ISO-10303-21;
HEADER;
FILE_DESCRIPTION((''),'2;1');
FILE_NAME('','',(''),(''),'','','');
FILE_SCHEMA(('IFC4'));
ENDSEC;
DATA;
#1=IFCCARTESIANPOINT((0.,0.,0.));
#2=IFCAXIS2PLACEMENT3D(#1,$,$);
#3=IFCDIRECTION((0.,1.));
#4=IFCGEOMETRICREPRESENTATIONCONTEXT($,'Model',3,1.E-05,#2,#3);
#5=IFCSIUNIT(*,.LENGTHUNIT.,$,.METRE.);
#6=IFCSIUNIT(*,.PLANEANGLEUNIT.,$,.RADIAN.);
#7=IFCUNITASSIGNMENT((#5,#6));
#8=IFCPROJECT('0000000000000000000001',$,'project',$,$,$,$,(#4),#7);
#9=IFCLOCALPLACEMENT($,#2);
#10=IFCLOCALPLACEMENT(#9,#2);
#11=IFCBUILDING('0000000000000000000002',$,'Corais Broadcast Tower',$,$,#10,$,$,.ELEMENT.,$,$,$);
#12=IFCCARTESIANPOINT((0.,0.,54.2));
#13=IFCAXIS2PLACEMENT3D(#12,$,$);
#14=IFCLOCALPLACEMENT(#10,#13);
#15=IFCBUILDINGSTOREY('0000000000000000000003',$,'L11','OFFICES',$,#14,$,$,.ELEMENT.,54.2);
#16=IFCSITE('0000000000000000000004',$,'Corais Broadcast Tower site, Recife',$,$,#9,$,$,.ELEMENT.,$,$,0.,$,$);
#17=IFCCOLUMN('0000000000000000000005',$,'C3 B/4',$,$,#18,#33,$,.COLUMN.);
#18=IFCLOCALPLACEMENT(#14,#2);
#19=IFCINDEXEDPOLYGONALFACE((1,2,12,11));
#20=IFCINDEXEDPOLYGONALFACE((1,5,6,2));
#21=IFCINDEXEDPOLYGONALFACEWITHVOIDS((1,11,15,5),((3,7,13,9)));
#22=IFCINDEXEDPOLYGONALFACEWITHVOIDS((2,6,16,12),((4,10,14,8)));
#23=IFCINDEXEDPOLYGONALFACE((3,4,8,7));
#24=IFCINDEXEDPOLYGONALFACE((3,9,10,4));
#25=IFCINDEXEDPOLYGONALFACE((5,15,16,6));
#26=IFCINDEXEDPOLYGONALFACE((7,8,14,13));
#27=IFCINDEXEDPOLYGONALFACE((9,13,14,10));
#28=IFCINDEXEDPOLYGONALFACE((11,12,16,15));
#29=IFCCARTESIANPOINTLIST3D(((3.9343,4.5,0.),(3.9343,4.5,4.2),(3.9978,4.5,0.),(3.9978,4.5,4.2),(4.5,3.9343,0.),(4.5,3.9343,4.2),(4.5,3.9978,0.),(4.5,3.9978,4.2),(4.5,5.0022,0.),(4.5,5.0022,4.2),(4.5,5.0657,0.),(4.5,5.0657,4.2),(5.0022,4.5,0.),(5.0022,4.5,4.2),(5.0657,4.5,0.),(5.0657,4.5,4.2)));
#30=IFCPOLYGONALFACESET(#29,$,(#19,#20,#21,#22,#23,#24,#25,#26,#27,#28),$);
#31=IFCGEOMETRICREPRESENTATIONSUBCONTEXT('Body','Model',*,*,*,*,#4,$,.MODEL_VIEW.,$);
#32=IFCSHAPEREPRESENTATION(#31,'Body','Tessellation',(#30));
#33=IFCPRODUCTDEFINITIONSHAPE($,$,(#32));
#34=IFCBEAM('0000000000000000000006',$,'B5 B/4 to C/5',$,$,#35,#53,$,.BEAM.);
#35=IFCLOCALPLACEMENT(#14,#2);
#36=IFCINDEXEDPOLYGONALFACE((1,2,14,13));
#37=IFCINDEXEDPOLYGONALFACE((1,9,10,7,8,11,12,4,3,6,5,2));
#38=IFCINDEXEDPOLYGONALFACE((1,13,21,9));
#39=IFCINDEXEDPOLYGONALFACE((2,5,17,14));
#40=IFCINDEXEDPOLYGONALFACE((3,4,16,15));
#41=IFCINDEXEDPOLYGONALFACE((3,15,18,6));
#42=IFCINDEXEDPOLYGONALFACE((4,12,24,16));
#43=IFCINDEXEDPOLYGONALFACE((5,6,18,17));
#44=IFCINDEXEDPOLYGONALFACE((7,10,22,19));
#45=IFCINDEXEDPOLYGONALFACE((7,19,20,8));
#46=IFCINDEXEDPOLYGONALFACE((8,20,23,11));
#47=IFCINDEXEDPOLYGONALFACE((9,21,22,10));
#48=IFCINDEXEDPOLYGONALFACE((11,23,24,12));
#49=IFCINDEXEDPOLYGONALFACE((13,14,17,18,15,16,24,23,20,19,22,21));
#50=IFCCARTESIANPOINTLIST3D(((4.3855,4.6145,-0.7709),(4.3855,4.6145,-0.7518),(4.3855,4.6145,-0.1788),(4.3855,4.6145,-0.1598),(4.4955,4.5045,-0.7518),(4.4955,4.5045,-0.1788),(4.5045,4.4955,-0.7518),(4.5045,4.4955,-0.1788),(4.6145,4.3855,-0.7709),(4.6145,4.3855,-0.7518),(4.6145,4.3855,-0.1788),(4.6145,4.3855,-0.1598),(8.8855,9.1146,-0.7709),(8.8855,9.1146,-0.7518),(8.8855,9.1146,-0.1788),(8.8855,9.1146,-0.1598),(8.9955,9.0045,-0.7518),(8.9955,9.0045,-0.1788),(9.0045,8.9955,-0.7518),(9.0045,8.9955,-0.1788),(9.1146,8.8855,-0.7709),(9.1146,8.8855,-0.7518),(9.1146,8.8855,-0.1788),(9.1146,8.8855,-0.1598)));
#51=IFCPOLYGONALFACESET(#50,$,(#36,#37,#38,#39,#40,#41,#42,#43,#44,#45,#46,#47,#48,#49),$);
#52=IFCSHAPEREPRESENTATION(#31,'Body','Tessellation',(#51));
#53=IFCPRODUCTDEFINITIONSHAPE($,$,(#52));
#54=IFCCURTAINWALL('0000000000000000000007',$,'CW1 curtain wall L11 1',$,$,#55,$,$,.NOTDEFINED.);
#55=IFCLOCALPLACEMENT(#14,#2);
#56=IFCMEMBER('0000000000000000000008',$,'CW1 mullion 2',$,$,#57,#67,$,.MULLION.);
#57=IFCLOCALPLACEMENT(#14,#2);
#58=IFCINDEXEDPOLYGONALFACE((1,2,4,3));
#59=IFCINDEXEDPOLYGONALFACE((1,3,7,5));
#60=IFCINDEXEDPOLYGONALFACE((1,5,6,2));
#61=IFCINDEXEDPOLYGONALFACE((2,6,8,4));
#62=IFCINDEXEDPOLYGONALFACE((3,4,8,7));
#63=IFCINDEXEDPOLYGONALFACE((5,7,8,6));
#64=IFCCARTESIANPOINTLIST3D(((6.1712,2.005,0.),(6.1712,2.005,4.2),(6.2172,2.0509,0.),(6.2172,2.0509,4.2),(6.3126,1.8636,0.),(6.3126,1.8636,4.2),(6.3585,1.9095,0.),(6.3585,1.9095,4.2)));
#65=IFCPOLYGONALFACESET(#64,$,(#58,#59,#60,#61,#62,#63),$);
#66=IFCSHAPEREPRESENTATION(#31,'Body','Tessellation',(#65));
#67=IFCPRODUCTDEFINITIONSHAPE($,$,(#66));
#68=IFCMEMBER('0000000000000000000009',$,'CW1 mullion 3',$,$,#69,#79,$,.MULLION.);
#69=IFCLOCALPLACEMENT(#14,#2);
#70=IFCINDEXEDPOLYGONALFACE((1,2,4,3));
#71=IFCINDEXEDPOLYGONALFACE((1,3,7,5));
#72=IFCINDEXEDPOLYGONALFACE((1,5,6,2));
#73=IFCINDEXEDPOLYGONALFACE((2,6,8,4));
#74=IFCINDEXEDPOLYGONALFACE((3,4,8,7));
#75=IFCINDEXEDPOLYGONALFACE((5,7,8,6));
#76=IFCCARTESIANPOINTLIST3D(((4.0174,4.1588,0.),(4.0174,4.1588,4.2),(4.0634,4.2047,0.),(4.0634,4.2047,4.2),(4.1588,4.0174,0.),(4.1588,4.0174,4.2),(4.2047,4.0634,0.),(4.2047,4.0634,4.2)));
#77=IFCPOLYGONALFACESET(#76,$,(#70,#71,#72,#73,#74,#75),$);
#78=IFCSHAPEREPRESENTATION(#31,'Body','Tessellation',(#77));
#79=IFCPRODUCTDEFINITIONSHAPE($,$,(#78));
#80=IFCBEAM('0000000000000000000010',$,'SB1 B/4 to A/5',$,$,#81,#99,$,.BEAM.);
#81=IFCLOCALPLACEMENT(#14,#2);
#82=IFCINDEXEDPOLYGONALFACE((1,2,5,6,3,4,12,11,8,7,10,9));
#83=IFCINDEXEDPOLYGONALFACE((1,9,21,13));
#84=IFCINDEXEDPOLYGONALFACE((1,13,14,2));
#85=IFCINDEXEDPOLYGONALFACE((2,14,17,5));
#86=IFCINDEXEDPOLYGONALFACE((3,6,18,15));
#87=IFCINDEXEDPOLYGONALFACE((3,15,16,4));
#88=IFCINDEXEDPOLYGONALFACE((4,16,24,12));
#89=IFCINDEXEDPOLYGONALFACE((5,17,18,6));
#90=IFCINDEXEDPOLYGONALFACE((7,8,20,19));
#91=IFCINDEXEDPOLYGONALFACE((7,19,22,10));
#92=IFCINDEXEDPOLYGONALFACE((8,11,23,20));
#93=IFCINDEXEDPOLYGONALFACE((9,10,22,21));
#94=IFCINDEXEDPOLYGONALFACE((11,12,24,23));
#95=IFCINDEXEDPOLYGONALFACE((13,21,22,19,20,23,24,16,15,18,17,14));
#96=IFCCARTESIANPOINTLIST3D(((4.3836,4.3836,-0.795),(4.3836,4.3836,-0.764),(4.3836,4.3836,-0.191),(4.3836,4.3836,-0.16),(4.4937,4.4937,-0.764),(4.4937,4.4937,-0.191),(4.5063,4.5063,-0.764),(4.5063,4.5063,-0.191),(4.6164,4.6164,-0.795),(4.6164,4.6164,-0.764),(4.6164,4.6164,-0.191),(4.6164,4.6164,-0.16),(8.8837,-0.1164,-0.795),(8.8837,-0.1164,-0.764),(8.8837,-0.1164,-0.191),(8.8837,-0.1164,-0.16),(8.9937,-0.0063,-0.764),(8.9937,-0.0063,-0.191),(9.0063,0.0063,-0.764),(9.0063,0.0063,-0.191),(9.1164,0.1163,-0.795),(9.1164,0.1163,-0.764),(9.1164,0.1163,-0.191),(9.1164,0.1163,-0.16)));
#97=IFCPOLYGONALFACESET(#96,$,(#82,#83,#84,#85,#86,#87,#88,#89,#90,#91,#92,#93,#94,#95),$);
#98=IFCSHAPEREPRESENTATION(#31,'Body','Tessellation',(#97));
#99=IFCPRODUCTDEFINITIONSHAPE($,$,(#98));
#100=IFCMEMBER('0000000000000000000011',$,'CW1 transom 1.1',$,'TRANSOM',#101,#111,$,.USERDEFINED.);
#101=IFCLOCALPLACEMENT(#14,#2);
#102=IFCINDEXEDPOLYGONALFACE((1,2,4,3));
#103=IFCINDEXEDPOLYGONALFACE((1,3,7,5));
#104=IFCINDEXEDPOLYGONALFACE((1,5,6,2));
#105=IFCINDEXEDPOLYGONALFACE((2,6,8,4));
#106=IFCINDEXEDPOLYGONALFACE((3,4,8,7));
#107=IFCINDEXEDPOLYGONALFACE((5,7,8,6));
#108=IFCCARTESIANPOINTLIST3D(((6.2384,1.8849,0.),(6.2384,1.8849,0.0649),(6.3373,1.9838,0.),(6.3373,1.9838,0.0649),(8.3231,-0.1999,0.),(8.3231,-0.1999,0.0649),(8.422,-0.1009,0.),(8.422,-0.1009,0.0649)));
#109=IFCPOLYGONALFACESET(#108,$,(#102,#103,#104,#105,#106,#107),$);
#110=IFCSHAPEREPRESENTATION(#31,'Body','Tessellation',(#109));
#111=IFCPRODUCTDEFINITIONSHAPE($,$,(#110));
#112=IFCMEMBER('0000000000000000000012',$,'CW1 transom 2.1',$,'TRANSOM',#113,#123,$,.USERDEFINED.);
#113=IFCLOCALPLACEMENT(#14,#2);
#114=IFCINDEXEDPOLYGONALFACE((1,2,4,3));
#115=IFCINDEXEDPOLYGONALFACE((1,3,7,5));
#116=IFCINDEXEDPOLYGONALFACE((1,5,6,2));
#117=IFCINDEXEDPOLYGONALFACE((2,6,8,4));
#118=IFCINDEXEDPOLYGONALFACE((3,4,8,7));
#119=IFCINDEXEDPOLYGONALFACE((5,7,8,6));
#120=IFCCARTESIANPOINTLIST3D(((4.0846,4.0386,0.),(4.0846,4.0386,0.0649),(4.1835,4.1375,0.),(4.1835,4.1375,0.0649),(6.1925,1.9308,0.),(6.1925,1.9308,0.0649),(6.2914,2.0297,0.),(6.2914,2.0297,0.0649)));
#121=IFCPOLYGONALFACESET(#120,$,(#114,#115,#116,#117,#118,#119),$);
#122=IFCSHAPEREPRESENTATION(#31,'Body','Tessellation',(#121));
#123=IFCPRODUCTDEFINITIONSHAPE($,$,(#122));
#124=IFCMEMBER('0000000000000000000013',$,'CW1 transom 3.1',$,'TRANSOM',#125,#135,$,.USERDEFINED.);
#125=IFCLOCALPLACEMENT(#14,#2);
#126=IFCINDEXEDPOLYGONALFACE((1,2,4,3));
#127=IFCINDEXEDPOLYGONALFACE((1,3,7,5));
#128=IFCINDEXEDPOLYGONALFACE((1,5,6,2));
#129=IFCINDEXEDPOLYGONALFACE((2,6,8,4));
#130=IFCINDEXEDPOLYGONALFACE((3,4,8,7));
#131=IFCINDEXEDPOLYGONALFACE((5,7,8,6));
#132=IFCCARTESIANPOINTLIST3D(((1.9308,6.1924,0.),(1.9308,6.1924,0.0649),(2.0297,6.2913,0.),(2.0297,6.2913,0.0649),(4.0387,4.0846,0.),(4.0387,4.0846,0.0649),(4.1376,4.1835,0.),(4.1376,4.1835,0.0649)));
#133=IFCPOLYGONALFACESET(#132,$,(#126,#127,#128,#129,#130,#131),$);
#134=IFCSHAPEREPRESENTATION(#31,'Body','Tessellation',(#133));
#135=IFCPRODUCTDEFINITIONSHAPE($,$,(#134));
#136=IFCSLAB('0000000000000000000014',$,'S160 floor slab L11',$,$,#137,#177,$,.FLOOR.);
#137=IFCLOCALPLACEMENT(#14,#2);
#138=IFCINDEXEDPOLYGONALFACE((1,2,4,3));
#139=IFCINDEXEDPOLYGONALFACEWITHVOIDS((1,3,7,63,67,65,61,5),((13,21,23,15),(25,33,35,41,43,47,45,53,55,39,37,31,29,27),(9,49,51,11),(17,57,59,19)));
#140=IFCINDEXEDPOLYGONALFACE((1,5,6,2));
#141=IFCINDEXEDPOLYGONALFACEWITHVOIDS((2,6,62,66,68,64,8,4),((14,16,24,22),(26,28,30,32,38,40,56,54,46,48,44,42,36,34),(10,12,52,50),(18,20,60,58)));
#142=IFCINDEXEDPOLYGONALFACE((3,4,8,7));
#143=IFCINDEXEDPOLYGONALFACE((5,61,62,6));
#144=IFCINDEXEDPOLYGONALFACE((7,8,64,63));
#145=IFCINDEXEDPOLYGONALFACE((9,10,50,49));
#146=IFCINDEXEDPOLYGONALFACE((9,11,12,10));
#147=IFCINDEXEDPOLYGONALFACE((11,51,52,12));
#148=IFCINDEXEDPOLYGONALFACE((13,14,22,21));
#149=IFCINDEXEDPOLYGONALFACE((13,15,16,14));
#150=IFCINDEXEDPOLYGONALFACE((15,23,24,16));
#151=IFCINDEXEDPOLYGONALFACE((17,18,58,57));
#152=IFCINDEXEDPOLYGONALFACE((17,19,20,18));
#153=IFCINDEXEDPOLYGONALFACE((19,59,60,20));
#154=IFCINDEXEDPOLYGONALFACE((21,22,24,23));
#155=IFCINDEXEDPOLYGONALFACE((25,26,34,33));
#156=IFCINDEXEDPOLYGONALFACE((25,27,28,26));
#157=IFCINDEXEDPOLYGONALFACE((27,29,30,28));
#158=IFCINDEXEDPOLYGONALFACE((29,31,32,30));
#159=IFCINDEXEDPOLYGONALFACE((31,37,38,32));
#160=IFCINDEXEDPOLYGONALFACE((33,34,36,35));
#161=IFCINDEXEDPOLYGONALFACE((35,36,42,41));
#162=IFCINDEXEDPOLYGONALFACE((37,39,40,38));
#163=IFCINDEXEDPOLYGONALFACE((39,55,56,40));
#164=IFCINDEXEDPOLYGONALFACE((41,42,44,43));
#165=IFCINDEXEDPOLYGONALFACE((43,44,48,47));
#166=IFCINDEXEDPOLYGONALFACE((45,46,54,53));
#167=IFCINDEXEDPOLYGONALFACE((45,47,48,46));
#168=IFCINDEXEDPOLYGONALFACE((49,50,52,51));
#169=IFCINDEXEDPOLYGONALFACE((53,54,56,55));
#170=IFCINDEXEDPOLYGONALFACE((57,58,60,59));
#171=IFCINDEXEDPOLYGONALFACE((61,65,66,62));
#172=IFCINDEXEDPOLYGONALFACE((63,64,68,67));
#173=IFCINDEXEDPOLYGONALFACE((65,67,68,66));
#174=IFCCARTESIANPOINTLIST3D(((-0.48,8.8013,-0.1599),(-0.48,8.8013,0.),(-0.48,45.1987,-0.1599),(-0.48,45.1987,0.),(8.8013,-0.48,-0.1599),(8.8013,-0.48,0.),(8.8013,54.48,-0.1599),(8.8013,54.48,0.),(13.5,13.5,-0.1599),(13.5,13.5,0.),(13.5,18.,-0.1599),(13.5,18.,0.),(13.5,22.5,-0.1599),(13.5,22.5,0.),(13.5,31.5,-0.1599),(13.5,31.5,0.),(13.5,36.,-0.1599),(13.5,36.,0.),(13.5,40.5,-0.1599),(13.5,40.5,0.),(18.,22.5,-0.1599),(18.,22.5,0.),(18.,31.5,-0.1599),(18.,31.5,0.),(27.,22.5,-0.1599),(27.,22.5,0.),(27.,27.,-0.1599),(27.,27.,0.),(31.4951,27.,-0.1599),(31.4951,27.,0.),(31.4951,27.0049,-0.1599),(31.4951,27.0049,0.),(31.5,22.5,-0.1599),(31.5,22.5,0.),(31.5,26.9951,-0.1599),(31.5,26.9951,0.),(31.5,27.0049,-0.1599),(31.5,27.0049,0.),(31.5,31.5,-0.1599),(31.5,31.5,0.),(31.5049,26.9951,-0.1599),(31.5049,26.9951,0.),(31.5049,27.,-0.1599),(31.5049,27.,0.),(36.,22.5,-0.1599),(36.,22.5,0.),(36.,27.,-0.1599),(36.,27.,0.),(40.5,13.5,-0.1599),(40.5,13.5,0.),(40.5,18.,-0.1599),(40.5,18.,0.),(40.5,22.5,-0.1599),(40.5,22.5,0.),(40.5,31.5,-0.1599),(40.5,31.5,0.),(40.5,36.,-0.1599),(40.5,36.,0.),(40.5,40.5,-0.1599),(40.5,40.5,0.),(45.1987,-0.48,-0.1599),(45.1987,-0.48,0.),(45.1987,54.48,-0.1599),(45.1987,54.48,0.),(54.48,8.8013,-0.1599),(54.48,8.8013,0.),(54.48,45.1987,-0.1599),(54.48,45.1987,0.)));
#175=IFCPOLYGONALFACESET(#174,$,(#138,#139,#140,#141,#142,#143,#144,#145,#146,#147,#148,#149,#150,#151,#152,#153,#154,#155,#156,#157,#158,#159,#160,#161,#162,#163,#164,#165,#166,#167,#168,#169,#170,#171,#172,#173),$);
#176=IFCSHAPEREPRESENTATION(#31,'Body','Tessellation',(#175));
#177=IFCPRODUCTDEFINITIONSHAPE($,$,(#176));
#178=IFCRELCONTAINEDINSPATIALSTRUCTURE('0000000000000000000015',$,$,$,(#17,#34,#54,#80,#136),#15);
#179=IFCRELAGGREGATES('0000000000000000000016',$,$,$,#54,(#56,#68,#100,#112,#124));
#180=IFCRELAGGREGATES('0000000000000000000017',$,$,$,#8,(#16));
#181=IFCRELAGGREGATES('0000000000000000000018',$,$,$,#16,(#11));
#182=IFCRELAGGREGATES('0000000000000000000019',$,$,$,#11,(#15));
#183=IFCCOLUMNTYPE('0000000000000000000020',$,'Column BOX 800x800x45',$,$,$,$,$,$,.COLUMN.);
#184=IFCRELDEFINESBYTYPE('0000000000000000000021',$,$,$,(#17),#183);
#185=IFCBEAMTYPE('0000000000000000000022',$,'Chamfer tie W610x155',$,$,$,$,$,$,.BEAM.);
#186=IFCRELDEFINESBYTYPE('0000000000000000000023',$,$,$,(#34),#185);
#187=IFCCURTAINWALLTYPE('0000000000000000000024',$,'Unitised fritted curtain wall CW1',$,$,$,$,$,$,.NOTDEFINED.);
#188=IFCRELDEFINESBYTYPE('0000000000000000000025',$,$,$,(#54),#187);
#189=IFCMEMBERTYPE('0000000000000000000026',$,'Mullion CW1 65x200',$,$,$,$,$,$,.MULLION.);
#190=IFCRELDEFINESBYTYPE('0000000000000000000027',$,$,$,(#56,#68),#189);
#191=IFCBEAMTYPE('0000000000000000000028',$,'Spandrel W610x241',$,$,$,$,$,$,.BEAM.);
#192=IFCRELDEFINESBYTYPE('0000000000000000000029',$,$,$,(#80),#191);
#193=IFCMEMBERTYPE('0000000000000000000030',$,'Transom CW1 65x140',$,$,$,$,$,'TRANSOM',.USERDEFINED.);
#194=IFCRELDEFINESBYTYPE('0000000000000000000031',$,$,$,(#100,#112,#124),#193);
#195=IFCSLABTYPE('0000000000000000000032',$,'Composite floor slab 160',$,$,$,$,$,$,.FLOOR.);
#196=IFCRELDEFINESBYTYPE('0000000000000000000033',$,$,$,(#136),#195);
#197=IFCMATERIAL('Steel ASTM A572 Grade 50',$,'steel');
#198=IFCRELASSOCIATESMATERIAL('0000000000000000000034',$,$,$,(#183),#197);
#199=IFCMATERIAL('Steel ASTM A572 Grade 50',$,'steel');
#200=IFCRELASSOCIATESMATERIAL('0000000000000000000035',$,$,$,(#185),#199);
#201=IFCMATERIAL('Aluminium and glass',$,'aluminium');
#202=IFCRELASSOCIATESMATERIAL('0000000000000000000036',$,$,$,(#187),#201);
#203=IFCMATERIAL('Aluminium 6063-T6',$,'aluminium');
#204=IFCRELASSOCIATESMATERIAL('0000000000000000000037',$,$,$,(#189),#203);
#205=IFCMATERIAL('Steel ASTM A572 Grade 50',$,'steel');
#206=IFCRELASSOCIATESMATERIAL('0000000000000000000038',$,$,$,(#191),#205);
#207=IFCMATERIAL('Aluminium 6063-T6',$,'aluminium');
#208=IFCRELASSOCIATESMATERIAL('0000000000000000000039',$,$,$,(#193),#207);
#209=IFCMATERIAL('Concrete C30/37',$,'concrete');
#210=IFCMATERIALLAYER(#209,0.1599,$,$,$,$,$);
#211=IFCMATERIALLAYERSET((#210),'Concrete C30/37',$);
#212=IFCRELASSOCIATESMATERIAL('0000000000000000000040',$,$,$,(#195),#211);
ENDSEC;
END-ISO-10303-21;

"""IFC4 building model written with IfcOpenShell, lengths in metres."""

from ifc_helpers import new_model, si_unit, direction, frame, origin, origin_2d, place, context, subcontext, project, spatial, polyline, rectangle, hollow_rectangle, i_section, outline, extrude, material, layer, layer_set, material_profile, profile_set, type_object, element, aggregate, save


model = new_model("IFC4")

# Units and contexts
model_context = context("Model", 3, precision=1e-05, world=origin(), true_north=direction((0.0, 1.0)))
body_context = subcontext(model_context, "Body", "Model", "MODEL_VIEW")
ifc_project = project(units=[si_unit("LENGTHUNIT", "METRE"), si_unit("PLANEANGLEUNIT", "RADIAN")], contexts=[model_context])

# Site, building, storey
site_placement = place(None, origin())
site = spatial("IfcSite", under=ifc_project, at=site_placement, Name="Corais Broadcast Tower site, Recife", CompositionType="ELEMENT", RefElevation=0.0)
building_placement = place(site_placement, origin())
building = spatial("IfcBuilding", under=site, at=building_placement, Name="Corais Broadcast Tower", CompositionType="ELEMENT")
storey_placement = place(building_placement, frame((0.0, 0.0, 54.2)))
storey = spatial("IfcBuildingStorey", under=building, at=storey_placement, Name="L11", Description="OFFICES", CompositionType="ELEMENT", Elevation=54.2)

# Column
ifc_material_1 = material(Name="Steel ASTM A572 Grade 50", Category="steel")
ifc_material_profile_1 = material_profile(ifc_material_1, hollow_rectangle(XDim=0.8, YDim=0.8, WallThickness=0.0449, at=origin_2d()), Name="BOX 800x800x45")
ifc_profile_set_1 = profile_set([ifc_material_profile_1], Name="Steel ASTM A572 Grade 50")
column_type = type_object("IfcColumnType", Name="Column BOX 800x800x45", PredefinedType="COLUMN", material=ifc_profile_set_1)
column_placement = place(storey_placement, frame((4.5, 4.5, 0.0), z_axis=(0.0, 0.0, 1.0), x_axis=(0.707107, 0.707107, 0.0)))
element("IfcColumn", 1, at=column_placement, inside=storey, type_object=column_type, Name="C3 B/4", PredefinedType="COLUMN", context=body_context, shape_type="SweptSolid", body=[
    extrude(hollow_rectangle(XDim=0.8, YDim=0.8, WallThickness=0.0449, at=origin_2d()), origin(), (0.0, 0.0, 1.0), 4.2),
])

# Beam
ifc_material_2 = material(Name="Steel ASTM A572 Grade 50", Category="steel")
ifc_material_profile_2 = material_profile(ifc_material_2, i_section(OverallWidth=0.324, OverallDepth=0.6111, WebThickness=0.0127, FlangeThickness=0.019, at=origin_2d()), Name="W610x155")
ifc_profile_set_2 = profile_set([ifc_material_profile_2], Name="Steel ASTM A572 Grade 50")
beam_type_1 = type_object("IfcBeamType", Name="Chamfer tie W610x155", PredefinedType="BEAM", material=ifc_profile_set_2)
beam_1_placement = place(storey_placement, frame((4.5, 4.5, -0.4653), z_axis=(0.707107, 0.707107, 0.0), x_axis=(-0.707107, 0.707107, 0.0)))
element("IfcBeam", 2, at=beam_1_placement, inside=storey, type_object=beam_type_1, Name="B5 B/4 to C/5", PredefinedType="BEAM", context=body_context, shape_type="SweptSolid", body=[
    extrude(i_section(OverallWidth=0.324, OverallDepth=0.6111, WebThickness=0.0127, FlangeThickness=0.019, at=origin_2d()), origin(), (0.0, 0.0, 1.0), 6.364),
])

# Curtain wall, members
ifc_material_3 = material(Name="Aluminium and glass", Category="aluminium")
curtain_wall_type = type_object("IfcCurtainWallType", Name="Unitised fritted curtain wall CW1", PredefinedType="NOTDEFINED", material=ifc_material_3)
curtain_wall_placement = place(storey_placement, origin())
curtain_wall = element("IfcCurtainWall", 3, at=curtain_wall_placement, inside=storey, type_object=curtain_wall_type, Name="CW1 curtain wall L11 1", PredefinedType="NOTDEFINED")
ifc_material_4 = material(Name="Aluminium 6063-T6", Category="aluminium")
ifc_material_profile_3 = material_profile(ifc_material_4, rectangle(XDim=0.0649, YDim=0.2, at=origin_2d()), Name="Mullion CW1 65x200")
ifc_profile_set_3 = profile_set([ifc_material_profile_3], Name="Aluminium 6063-T6")
member_type_1 = type_object("IfcMemberType", Name="Mullion CW1 65x200", PredefinedType="MULLION", material=ifc_profile_set_3)
member_1_placement = place(storey_placement, frame((6.2649, 1.9573, 0.0), z_axis=(0.0, 0.0, 1.0), x_axis=(-0.707107, -0.707107, 0.0)))
member_1 = element("IfcMember", 4, at=member_1_placement, type_object=member_type_1, Name="CW1 mullion 2", PredefinedType="MULLION", context=body_context, shape_type="SweptSolid", body=[
    extrude(rectangle(XDim=0.0649, YDim=0.2, at=origin_2d()), origin(), (0.0, 0.0, 1.0), 4.2),
])
member_2_placement = place(storey_placement, frame((4.1111, 4.1111, 0.0), z_axis=(0.0, 0.0, 1.0), x_axis=(-0.707107, -0.707107, 0.0)))
member_2 = element("IfcMember", 5, at=member_2_placement, type_object=member_type_1, Name="CW1 mullion 3", PredefinedType="MULLION", context=body_context, shape_type="SweptSolid", body=[
    extrude(rectangle(XDim=0.0649, YDim=0.2, at=origin_2d()), origin(), (0.0, 0.0, 1.0), 4.2),
])

# Beam
ifc_material_5 = material(Name="Steel ASTM A572 Grade 50", Category="steel")
ifc_material_profile_4 = material_profile(ifc_material_5, i_section(OverallWidth=0.3291, OverallDepth=0.635, WebThickness=0.0178, FlangeThickness=0.031, at=origin_2d()), Name="W610x241")
ifc_profile_set_4 = profile_set([ifc_material_profile_4], Name="Steel ASTM A572 Grade 50")
beam_type_2 = type_object("IfcBeamType", Name="Spandrel W610x241", PredefinedType="BEAM", material=ifc_profile_set_4)
beam_2_placement = place(storey_placement, frame((4.5, 4.5, -0.4775), z_axis=(0.707107, -0.707107, 0.0), x_axis=(0.707107, 0.707107, 0.0)))
element("IfcBeam", 6, at=beam_2_placement, inside=storey, type_object=beam_type_2, Name="SB1 B/4 to A/5", PredefinedType="BEAM", context=body_context, shape_type="SweptSolid", body=[
    extrude(i_section(OverallWidth=0.3291, OverallDepth=0.635, WebThickness=0.0178, FlangeThickness=0.031, at=origin_2d()), origin(), (0.0, 0.0, 1.0), 6.364),
])

# Members
ifc_material_6 = material(Name="Aluminium 6063-T6", Category="aluminium")
ifc_material_profile_5 = material_profile(ifc_material_6, rectangle(XDim=0.1399, YDim=0.0649, at=origin_2d()), Name="Transom CW1 65x140")
ifc_profile_set_5 = profile_set([ifc_material_profile_5], Name="Aluminium 6063-T6")
member_type_2 = type_object("IfcMemberType", Name="Transom CW1 65x140", ElementType="TRANSOM", PredefinedType="USERDEFINED", material=ifc_profile_set_5)
member_3_placement = place(storey_placement, frame((8.3726, -0.1504, 0.0325), z_axis=(-0.707107, 0.707107, 0.0), x_axis=(-0.707107, -0.707107, 0.0)))
member_3 = element("IfcMember", 7, at=member_3_placement, type_object=member_type_2, Name="CW1 transom 1.1", ObjectType="TRANSOM", PredefinedType="USERDEFINED", context=body_context, shape_type="SweptSolid", body=[
    extrude(rectangle(XDim=0.1399, YDim=0.0649, at=origin_2d()), origin(), (0.0, 0.0, 1.0), 2.9482),
])
member_4_placement = place(storey_placement, frame((6.2419, 1.9802, 0.0325), z_axis=(-0.707107, 0.707107, 0.0), x_axis=(-0.707107, -0.707107, 0.0)))
member_4 = element("IfcMember", 8, at=member_4_placement, type_object=member_type_2, Name="CW1 transom 2.1", ObjectType="TRANSOM", PredefinedType="USERDEFINED", context=body_context, shape_type="SweptSolid", body=[
    extrude(rectangle(XDim=0.1399, YDim=0.0649, at=origin_2d()), origin(), (0.0, 0.0, 1.0), 2.981),
])
member_5_placement = place(storey_placement, frame((4.0881, 4.134, 0.0325), z_axis=(-0.707107, 0.707107, 0.0), x_axis=(-0.707107, -0.707107, 0.0)))
member_5 = element("IfcMember", 9, at=member_5_placement, type_object=member_type_2, Name="CW1 transom 3.1", ObjectType="TRANSOM", PredefinedType="USERDEFINED", context=body_context, shape_type="SweptSolid", body=[
    extrude(rectangle(XDim=0.1399, YDim=0.0649, at=origin_2d()), origin(), (0.0, 0.0, 1.0), 2.981),
])

# Slab
ifc_material_7 = material(Name="Concrete C30/37", Category="concrete")
ifc_layer_1 = layer(ifc_material_7, 0.1599)
ifc_layer_set_1 = layer_set([ifc_layer_1], Name="Concrete C30/37")
slab_type_1 = type_object("IfcSlabType", Name="Composite floor slab 160", PredefinedType="FLOOR", material=ifc_layer_set_1)
slab_1_placement = place(storey_placement, frame((0.0, 0.0, -0.1599)))
element("IfcSlab", 10, at=slab_1_placement, inside=storey, type_object=slab_type_1, Name="S160 floor slab L11", PredefinedType="FLOOR", context=body_context, shape_type="SweptSolid", body=[
    extrude(outline(polyline([(8.8013, -0.48), (-0.48, 8.8013), (-0.48, 45.1987), (8.8013, 54.48), (45.1987, 54.48), (54.48, 45.1987), (54.48, 8.8013), (45.1987, -0.48), (8.8013, -0.48)]), holes=[polyline([(13.5, 18.0), (40.5, 18.0), (40.5, 13.5), (13.5, 13.5), (13.5, 18.0)]), polyline([(13.5, 22.5), (13.5, 31.5), (18.0, 31.5), (18.0, 22.5), (13.5, 22.5)]), polyline([(13.5, 40.5), (40.5, 40.5), (40.5, 36.0), (13.5, 36.0), (13.5, 40.5)]), polyline([(27.0, 22.5), (27.0, 27.0), (31.4951, 27.0), (31.4951, 27.0049), (31.5, 27.0049), (31.5, 31.5), (40.5, 31.5), (40.5, 22.5), (36.0, 22.5), (36.0, 27.0), (31.5049, 27.0), (31.5049, 26.9951), (31.5, 26.9951), (31.5, 22.5), (27.0, 22.5)])]), origin(), (0.0, 0.0, 1.0), 0.1599),
])

aggregate(curtain_wall, [member_1, member_2, member_3, member_4, member_5])

save(model, "model.ifc")
